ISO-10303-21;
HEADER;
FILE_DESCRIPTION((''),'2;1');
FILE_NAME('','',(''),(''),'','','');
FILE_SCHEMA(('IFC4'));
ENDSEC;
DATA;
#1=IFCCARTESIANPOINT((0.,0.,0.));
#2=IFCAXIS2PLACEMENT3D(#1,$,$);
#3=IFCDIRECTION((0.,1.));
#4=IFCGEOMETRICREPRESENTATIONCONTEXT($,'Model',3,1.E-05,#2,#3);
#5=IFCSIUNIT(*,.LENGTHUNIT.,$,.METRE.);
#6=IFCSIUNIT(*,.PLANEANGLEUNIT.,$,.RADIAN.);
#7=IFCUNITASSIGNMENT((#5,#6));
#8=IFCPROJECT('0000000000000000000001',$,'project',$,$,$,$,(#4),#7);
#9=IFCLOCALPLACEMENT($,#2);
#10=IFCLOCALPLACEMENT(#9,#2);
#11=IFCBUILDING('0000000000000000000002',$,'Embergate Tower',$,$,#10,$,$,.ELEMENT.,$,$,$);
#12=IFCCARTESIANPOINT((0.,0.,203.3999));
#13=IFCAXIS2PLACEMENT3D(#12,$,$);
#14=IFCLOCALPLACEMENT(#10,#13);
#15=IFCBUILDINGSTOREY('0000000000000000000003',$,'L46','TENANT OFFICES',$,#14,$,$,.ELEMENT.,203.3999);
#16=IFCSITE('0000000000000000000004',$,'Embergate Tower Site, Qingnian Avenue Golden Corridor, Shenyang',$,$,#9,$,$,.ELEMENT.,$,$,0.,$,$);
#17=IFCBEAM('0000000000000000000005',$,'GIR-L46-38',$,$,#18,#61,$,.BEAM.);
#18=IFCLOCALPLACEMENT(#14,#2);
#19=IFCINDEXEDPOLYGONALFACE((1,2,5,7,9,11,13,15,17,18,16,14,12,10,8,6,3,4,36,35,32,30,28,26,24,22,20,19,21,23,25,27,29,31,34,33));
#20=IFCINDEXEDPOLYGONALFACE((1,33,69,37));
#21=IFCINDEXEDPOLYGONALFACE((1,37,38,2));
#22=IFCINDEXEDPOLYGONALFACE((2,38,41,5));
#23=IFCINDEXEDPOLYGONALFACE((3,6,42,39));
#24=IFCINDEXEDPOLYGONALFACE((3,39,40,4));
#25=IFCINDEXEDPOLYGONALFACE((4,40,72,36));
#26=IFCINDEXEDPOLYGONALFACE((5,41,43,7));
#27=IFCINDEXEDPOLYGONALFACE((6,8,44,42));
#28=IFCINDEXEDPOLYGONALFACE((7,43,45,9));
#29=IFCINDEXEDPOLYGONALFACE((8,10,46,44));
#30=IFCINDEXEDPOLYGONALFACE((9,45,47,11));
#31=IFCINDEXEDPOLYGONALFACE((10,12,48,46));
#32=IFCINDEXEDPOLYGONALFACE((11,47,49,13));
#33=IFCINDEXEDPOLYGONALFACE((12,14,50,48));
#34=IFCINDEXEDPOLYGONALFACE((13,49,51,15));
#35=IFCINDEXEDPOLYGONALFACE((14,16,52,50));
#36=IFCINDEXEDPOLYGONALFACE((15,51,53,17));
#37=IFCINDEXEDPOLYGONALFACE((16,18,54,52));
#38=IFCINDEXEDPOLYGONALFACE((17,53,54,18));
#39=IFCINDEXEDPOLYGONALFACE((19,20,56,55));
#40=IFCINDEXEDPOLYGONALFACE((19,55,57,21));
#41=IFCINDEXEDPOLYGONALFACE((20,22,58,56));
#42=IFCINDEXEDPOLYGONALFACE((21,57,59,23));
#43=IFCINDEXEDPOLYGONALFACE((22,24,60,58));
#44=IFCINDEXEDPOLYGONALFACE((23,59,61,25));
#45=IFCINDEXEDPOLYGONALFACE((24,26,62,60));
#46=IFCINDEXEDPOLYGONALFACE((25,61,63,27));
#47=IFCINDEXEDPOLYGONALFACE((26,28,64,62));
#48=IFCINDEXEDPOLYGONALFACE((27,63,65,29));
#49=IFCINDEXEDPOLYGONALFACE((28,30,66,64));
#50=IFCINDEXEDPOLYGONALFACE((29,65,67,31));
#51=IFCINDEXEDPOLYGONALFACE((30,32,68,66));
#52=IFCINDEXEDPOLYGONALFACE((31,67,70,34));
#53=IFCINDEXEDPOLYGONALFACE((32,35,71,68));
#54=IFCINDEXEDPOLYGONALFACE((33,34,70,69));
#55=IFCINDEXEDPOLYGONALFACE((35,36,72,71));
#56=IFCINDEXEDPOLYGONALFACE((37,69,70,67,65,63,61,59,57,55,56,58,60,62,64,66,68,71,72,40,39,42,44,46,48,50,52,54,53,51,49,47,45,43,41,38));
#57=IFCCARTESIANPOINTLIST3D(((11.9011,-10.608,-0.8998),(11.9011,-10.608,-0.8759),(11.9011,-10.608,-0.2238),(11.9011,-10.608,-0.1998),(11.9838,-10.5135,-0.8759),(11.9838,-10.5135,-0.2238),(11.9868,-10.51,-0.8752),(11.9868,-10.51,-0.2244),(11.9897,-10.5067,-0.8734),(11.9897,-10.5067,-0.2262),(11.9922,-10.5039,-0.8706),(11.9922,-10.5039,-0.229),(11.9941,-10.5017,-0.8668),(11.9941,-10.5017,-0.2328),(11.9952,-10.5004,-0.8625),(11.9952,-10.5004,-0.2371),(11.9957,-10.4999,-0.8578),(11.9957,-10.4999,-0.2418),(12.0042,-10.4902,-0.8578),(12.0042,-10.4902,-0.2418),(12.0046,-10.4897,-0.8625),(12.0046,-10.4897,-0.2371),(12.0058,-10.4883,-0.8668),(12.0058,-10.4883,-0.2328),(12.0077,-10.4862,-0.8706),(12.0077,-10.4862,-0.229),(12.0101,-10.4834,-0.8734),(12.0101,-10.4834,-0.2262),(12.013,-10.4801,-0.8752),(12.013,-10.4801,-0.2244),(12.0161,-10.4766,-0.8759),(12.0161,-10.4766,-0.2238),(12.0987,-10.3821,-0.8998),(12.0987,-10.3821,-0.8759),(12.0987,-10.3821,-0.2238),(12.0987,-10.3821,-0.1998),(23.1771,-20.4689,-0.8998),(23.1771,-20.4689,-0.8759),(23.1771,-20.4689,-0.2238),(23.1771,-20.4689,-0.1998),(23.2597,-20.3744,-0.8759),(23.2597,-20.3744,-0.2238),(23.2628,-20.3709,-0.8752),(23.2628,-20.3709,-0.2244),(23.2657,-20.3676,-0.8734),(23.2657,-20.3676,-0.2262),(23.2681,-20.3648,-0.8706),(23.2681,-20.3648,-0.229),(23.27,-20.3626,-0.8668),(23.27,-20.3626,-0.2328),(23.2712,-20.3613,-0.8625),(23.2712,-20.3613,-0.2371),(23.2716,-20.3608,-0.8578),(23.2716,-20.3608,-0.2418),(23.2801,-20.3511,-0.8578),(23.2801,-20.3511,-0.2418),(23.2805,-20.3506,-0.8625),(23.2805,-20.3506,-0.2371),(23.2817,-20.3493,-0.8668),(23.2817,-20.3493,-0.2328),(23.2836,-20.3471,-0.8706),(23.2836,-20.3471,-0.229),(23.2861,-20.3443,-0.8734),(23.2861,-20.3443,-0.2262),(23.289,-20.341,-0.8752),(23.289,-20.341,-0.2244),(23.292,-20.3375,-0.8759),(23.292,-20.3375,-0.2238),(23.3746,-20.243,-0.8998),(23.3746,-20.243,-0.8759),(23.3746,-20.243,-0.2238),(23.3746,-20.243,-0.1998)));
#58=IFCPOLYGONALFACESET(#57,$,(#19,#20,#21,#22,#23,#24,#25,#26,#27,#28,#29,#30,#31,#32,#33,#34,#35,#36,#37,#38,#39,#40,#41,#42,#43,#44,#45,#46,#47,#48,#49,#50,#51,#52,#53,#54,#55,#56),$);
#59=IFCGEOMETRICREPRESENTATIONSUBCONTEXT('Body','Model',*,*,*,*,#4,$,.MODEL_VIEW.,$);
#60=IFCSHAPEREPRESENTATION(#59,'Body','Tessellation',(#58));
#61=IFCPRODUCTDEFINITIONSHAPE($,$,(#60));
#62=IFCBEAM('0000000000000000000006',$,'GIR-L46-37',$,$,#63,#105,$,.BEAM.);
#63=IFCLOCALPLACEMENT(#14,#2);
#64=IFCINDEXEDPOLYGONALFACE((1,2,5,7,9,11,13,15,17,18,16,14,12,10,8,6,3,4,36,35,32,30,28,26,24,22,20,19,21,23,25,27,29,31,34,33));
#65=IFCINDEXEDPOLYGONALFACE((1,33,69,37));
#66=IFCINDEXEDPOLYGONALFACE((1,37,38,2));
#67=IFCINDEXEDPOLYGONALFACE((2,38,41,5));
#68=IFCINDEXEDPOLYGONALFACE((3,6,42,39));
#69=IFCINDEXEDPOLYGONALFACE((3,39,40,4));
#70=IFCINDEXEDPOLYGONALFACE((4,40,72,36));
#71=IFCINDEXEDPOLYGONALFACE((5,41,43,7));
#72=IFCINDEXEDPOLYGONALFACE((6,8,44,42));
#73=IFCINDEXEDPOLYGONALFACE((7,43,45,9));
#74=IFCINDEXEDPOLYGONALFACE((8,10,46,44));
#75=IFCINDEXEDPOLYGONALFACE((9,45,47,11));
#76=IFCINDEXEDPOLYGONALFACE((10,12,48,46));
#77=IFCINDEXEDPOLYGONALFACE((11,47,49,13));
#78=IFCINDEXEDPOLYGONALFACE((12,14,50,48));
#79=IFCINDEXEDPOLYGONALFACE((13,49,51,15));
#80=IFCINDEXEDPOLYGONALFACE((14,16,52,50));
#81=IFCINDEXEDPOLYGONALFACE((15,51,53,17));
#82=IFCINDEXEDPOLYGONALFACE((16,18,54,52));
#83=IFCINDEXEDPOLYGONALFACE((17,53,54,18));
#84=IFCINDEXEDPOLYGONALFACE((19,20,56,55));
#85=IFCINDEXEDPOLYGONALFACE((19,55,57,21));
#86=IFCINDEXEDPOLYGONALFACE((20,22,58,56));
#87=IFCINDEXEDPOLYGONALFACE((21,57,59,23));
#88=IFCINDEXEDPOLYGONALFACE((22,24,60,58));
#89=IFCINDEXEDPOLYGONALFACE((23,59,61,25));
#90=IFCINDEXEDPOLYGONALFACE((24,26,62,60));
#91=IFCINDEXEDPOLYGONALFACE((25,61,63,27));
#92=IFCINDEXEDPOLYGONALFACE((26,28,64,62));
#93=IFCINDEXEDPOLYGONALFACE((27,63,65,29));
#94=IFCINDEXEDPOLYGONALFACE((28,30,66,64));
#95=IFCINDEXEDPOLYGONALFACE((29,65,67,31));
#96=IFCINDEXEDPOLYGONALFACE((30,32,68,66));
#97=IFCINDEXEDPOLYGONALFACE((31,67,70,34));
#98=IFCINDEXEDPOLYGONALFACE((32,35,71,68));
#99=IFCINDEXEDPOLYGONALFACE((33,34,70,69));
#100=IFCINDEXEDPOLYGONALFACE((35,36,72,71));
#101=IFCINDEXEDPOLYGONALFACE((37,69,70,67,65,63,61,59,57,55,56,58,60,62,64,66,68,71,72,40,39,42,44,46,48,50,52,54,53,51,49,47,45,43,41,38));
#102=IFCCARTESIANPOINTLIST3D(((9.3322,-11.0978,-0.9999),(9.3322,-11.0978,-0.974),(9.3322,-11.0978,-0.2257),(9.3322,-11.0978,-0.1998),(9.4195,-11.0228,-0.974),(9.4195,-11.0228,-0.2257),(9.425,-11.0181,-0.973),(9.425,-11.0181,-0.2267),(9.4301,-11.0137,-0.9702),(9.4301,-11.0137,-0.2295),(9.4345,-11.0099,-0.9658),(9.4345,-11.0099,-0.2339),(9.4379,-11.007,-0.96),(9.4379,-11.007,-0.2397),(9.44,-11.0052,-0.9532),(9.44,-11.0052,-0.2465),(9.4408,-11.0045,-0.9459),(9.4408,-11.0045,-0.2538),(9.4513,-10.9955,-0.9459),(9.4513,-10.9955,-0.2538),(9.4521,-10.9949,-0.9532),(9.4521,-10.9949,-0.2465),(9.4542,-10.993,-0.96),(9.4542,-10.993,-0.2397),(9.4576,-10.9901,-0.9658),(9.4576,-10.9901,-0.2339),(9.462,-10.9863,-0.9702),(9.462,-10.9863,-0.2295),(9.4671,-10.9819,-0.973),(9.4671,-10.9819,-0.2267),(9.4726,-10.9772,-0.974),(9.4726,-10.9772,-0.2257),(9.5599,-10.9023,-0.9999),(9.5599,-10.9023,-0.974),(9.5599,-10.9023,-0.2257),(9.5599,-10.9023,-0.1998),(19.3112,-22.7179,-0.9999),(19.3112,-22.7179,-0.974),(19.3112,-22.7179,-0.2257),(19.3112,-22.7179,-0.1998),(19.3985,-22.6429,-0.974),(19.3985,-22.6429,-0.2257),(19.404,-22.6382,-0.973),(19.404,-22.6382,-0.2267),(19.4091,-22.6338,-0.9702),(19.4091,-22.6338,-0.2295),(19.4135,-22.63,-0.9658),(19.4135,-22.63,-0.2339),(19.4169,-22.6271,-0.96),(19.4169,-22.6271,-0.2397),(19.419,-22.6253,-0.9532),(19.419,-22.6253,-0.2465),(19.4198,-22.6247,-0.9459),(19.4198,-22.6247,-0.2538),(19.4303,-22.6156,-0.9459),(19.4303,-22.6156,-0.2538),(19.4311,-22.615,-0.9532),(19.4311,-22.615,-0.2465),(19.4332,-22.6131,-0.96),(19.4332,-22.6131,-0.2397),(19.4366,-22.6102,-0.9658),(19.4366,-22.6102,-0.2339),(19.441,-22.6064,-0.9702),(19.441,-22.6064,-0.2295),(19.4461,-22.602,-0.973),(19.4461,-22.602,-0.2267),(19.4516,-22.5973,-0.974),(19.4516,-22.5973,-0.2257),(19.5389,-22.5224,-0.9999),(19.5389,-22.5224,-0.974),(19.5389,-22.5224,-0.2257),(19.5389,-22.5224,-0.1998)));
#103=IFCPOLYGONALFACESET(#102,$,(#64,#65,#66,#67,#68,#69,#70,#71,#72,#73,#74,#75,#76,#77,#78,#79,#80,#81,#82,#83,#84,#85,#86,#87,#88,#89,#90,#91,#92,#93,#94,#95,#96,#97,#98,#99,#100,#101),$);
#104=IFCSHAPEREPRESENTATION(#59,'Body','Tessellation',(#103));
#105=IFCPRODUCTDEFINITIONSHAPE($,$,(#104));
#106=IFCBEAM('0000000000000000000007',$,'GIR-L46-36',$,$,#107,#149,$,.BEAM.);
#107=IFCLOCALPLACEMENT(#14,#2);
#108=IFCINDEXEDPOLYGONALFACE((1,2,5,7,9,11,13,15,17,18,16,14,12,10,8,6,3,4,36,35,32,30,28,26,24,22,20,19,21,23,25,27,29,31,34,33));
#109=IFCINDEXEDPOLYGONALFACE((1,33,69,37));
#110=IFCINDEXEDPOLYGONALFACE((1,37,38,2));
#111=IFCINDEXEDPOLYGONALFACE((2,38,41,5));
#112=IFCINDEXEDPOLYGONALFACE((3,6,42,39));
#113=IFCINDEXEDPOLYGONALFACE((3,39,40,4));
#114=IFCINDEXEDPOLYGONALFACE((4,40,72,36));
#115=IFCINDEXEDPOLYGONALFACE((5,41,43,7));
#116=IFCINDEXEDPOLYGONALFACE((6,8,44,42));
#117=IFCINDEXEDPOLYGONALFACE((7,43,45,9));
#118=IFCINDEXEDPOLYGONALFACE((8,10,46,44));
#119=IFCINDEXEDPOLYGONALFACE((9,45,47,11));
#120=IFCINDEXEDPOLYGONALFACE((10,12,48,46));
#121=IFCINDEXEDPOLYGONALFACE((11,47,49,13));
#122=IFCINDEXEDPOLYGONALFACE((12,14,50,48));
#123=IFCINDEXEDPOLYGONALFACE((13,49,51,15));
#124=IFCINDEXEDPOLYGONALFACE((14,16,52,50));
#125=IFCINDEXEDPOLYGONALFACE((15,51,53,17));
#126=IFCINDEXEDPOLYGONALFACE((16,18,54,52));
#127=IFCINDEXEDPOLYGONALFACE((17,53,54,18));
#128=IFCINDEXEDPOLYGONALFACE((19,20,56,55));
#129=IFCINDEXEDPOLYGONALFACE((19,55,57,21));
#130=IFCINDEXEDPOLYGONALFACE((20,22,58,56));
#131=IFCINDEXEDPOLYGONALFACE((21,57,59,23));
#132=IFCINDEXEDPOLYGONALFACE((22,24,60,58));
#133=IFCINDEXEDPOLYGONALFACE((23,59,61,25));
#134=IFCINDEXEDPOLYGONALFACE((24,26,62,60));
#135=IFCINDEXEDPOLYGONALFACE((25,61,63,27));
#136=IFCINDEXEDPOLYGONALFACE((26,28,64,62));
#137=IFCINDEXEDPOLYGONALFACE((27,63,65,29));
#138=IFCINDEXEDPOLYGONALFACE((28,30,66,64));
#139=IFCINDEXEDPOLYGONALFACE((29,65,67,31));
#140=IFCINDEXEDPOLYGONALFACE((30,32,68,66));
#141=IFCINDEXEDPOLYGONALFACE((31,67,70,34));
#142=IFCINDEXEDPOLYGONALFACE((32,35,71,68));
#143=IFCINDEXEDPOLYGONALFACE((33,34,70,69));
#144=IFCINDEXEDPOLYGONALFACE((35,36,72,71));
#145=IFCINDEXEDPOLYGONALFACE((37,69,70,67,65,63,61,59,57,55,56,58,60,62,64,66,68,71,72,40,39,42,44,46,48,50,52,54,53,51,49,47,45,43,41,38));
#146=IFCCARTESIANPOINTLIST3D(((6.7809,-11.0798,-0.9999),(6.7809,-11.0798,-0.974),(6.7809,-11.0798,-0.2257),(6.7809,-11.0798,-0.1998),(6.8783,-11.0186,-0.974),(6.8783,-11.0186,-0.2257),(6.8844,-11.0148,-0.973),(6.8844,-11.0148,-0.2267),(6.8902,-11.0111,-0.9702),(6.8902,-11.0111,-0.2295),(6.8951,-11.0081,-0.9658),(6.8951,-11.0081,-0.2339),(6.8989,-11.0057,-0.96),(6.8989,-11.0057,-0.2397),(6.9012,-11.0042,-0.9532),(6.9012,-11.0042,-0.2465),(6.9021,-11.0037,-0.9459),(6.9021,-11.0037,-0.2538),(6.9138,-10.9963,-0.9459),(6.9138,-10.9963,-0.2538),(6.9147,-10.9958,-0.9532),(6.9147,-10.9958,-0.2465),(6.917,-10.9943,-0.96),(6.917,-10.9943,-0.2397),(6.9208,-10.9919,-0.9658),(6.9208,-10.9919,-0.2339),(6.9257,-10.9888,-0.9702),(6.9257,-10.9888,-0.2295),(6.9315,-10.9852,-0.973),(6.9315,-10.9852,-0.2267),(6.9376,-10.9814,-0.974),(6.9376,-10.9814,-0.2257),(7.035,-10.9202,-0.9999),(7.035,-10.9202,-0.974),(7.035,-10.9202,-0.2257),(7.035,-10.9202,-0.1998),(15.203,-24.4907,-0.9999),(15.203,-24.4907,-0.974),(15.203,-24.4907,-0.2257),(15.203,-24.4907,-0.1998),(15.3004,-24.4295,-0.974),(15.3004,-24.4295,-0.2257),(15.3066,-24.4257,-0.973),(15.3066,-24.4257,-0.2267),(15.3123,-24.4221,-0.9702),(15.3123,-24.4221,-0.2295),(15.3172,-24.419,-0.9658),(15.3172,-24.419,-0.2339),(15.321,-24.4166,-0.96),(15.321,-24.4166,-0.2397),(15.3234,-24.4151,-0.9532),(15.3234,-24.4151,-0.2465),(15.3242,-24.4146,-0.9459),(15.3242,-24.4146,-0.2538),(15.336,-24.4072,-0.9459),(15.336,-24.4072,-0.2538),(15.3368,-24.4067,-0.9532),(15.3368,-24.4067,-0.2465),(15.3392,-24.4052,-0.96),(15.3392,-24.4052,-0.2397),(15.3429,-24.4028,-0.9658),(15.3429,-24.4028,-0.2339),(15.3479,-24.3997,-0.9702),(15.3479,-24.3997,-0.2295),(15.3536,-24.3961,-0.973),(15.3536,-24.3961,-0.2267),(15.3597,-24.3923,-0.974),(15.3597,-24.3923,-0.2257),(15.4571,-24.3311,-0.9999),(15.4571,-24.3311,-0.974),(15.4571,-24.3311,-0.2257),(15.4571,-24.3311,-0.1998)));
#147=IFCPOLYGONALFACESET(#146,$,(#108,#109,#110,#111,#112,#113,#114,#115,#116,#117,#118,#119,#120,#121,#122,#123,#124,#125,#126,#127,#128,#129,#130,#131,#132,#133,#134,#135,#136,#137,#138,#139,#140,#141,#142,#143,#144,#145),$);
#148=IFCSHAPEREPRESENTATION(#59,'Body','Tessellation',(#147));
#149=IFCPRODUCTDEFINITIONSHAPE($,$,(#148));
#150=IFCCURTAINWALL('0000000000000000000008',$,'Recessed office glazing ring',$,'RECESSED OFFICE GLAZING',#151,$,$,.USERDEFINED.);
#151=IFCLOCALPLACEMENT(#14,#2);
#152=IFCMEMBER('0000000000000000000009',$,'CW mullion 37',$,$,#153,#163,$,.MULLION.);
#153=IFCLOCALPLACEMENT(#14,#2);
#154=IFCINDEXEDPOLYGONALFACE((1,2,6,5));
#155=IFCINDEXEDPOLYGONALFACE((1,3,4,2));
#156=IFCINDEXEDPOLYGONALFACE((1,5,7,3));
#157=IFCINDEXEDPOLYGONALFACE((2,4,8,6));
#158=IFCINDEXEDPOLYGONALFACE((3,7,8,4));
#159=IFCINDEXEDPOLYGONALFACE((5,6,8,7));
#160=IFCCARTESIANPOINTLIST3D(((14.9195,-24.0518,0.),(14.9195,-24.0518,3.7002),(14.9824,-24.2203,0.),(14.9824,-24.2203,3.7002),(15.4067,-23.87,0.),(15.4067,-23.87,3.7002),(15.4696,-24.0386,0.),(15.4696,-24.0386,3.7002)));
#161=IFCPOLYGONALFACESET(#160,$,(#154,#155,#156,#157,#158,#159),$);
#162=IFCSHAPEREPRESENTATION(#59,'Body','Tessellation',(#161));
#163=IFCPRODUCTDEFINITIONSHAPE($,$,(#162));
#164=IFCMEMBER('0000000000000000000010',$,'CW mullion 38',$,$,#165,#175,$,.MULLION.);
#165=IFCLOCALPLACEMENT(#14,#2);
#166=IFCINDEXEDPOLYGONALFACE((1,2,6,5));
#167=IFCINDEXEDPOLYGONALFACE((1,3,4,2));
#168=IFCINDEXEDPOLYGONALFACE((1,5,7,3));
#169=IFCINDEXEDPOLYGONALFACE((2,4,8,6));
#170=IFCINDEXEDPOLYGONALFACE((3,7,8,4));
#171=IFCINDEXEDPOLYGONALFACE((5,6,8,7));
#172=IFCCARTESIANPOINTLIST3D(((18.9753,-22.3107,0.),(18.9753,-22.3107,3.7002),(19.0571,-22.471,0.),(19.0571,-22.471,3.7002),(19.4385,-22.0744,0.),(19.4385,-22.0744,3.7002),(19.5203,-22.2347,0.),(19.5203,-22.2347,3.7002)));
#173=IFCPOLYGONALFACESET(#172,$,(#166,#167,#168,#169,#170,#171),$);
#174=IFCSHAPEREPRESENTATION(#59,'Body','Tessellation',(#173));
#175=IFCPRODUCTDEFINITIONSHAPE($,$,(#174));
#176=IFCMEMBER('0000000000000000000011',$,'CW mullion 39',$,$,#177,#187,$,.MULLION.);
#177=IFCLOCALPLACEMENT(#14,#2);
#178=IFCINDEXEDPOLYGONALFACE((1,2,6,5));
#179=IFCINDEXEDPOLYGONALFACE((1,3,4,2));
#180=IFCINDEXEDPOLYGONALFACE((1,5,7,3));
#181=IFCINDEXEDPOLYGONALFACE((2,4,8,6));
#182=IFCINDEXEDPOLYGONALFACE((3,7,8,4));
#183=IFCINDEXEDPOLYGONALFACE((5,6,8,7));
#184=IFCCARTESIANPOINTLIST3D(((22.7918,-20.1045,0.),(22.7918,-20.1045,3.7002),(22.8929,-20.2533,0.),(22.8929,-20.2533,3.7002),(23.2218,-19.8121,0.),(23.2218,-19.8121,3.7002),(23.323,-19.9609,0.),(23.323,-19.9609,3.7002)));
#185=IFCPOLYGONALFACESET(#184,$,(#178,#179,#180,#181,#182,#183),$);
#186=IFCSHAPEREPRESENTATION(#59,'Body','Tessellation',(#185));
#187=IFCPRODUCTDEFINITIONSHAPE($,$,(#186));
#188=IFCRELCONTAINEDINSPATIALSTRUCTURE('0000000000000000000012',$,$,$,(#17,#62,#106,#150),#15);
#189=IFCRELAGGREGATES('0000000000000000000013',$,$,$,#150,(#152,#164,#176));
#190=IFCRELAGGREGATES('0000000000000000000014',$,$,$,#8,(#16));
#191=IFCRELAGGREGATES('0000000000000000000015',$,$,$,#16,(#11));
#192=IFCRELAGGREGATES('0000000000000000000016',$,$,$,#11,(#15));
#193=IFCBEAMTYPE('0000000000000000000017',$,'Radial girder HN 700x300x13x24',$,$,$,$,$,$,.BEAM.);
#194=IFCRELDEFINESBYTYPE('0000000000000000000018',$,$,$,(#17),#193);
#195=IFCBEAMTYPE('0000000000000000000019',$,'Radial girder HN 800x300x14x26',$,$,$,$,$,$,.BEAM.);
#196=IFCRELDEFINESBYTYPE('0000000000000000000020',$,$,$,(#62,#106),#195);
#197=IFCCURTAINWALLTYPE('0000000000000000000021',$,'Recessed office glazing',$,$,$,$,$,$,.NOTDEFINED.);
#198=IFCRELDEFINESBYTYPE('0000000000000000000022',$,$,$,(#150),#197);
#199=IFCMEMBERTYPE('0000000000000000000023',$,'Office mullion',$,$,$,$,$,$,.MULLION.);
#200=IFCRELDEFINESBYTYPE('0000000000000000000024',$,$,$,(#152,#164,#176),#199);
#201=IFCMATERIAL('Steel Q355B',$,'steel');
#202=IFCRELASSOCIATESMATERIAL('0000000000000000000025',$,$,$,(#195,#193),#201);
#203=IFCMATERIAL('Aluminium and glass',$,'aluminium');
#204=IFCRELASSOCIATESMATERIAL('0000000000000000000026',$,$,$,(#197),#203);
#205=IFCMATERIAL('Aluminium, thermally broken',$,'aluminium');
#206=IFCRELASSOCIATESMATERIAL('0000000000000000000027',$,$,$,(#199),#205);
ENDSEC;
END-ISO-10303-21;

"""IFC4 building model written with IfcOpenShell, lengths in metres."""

from ifc_helpers import new_model, si_unit, direction, frame, origin, origin_2d, place, context, subcontext, project, spatial, rectangle, i_section, extrude, source, transform, mapped, material, material_profile, profile_set, type_object, element, aggregate, save


model = new_model("IFC4")

# Units and contexts
model_context = context("Model", 3, precision=1e-05, world=origin(), true_north=direction((0.0, 1.0)))
body_context = subcontext(model_context, "Body", "Model", "MODEL_VIEW")
ifc_project = project(units=[si_unit("LENGTHUNIT", "METRE"), si_unit("PLANEANGLEUNIT", "RADIAN")], contexts=[model_context])

# Site, building, storey
site_placement = place(None, origin())
site = spatial("IfcSite", under=ifc_project, at=site_placement, Name="Embergate Tower Site, Qingnian Avenue Golden Corridor, Shenyang", CompositionType="ELEMENT", RefElevation=0.0)
building_placement = place(site_placement, origin())
building = spatial("IfcBuilding", under=site, at=building_placement, Name="Embergate Tower", CompositionType="ELEMENT")
storey_placement = place(building_placement, frame((0.0, 0.0, 203.3999)))
storey = spatial("IfcBuildingStorey", under=building, at=storey_placement, Name="L46", Description="TENANT OFFICES", CompositionType="ELEMENT", Elevation=203.3999)

# Beams
ifc_material_1 = material(Name="Steel Q355B", Category="steel")
ifc_material_profile_1 = material_profile(ifc_material_1, i_section(OverallWidth=0.3, OverallDepth=0.8, WebThickness=0.0139, FlangeThickness=0.0259, FilletRadius=0.0281, at=origin_2d()), Name="HN 800x300x14x26")
ifc_profile_set_1 = profile_set([ifc_material_profile_1], Name="Steel Q355 grade B")
beam_type_1 = type_object("IfcBeamType", Name="Radial girder HN 800x300x14x26", PredefinedType="BEAM", material=ifc_profile_set_1)
ifc_material_profile_2 = material_profile(ifc_material_1, i_section(OverallWidth=0.3, OverallDepth=0.7, WebThickness=0.0129, FlangeThickness=0.0239, FilletRadius=0.0181, at=origin_2d()), Name="HN 700x300x13x24")
ifc_profile_set_2 = profile_set([ifc_material_profile_2], Name="Steel Q355 grade B")
beam_type_2 = type_object("IfcBeamType", Name="Radial girder HN 700x300x13x24", PredefinedType="BEAM", material=ifc_profile_set_2)
shared_shape_1 = source(origin(), body_context, "Body", "SweptSolid", [
    extrude(i_section(OverallWidth=0.3, OverallDepth=0.7, WebThickness=0.0129, FlangeThickness=0.0239, FilletRadius=0.0181, at=origin_2d()), origin(), (0.0, 0.0, 1.0), 14.9795),
])
beam_1_placement = place(storey_placement, frame((23.2759, -20.356, -0.5498), z_axis=(-0.75276, 0.658295, 0.0), x_axis=(-0.658295, -0.75276, 0.0)))
element("IfcBeam", 1, at=beam_1_placement, inside=storey, type_object=beam_type_2, Name="GIR-L46-38", PredefinedType="BEAM", context=body_context, shape_type="MappedRepresentation", body=[
    mapped(shared_shape_1, transform((0.0, 0.0, 0.0))),
])
shared_shape_2 = source(origin(), body_context, "Body", "SweptSolid", [
    extrude(i_section(OverallWidth=0.3, OverallDepth=0.8, WebThickness=0.0139, FlangeThickness=0.0259, FilletRadius=0.0281, at=origin_2d()), origin(), (0.0, 0.0, 1.0), 15.3169),
])
beam_2_placement = place(storey_placement, frame((19.425, -22.6201, -0.5999), z_axis=(-0.651503, 0.758646, 0.0), x_axis=(-0.758646, -0.651503, 0.0)))
element("IfcBeam", 2, at=beam_2_placement, inside=storey, type_object=beam_type_1, Name="GIR-L46-37", PredefinedType="BEAM", context=body_context, shape_type="MappedRepresentation", body=[
    mapped(shared_shape_2, transform((0.0, 0.0, 0.0))),
])
shared_shape_3 = source(origin(), body_context, "Body", "SweptSolid", [
    extrude(i_section(OverallWidth=0.3, OverallDepth=0.8, WebThickness=0.0139, FlangeThickness=0.0259, FilletRadius=0.0281, at=origin_2d()), origin(), (0.0, 0.0, 1.0), 15.8362),
])
beam_3_placement = place(storey_placement, frame((15.3301, -24.4109, -0.5999), z_axis=(-0.531828, 0.846852, 0.0), x_axis=(-0.846852, -0.531828, 0.0)))
element("IfcBeam", 3, at=beam_3_placement, inside=storey, type_object=beam_type_1, Name="GIR-L46-36", PredefinedType="BEAM", context=body_context, shape_type="MappedRepresentation", body=[
    mapped(shared_shape_3, transform((0.0, 0.0, 0.0))),
])

# Curtain wall, members
ifc_material_2 = material(Name="Aluminium and glass", Category="aluminium")
curtain_wall_type = type_object("IfcCurtainWallType", Name="Recessed office glazing", PredefinedType="NOTDEFINED", material=ifc_material_2)
curtain_wall_placement = place(storey_placement, origin())
curtain_wall = element("IfcCurtainWall", 4, at=curtain_wall_placement, inside=storey, type_object=curtain_wall_type, Name="Recessed office glazing ring", ObjectType="RECESSED OFFICE GLAZING", PredefinedType="USERDEFINED")
ifc_material_3 = material(Name="Aluminium, thermally broken", Category="aluminium")
ifc_material_profile_3 = material_profile(ifc_material_3, rectangle(XDim=0.1799, YDim=0.52, at=origin_2d()), Name="AL 520x180")
ifc_profile_set_3 = profile_set([ifc_material_profile_3], Name="Aluminium, thermally broken")
member_type_1 = type_object("IfcMemberType", Name="Office mullion", PredefinedType="MULLION", material=ifc_profile_set_3)
shared_shape_4 = source(origin(), body_context, "Body", "SweptSolid", [
    extrude(rectangle(XDim=0.1799, YDim=0.52, at=origin_2d()), origin(), (0.0, 0.0, 1.0), 3.7002),
])
member_1_placement = place(storey_placement, frame((15.1946, -24.0452, 0.0), z_axis=(0.0, 0.0, 1.0), x_axis=(-0.349511, 0.936932, 0.0)))
member_1 = element("IfcMember", 5, at=member_1_placement, type_object=member_type_1, Name="CW mullion 37", PredefinedType="MULLION", context=body_context, shape_type="MappedRepresentation", body=[
    mapped(shared_shape_4, transform((0.0, 0.0, 0.0))),
])
member_2_placement = place(storey_placement, frame((19.2478, -22.2727, 0.0), z_axis=(0.0, 0.0, 1.0), x_axis=(-0.454521, 0.890736, 0.0)))
member_2 = element("IfcMember", 6, at=member_2_placement, type_object=member_type_1, Name="CW mullion 38", PredefinedType="MULLION", context=body_context, shape_type="MappedRepresentation", body=[
    mapped(shared_shape_4, transform((0.0, 0.0, 0.0))),
])
member_3_placement = place(storey_placement, frame((23.0574, -20.0327, 0.0), z_axis=(0.0, 0.0, 1.0), x_axis=(-0.562226, 0.826983, 0.0)))
member_3 = element("IfcMember", 7, at=member_3_placement, type_object=member_type_1, Name="CW mullion 39", PredefinedType="MULLION", context=body_context, shape_type="MappedRepresentation", body=[
    mapped(shared_shape_4, transform((0.0, 0.0, 0.0))),
])
aggregate(curtain_wall, [member_1, member_2, member_3])

save(model, "model.ifc")
